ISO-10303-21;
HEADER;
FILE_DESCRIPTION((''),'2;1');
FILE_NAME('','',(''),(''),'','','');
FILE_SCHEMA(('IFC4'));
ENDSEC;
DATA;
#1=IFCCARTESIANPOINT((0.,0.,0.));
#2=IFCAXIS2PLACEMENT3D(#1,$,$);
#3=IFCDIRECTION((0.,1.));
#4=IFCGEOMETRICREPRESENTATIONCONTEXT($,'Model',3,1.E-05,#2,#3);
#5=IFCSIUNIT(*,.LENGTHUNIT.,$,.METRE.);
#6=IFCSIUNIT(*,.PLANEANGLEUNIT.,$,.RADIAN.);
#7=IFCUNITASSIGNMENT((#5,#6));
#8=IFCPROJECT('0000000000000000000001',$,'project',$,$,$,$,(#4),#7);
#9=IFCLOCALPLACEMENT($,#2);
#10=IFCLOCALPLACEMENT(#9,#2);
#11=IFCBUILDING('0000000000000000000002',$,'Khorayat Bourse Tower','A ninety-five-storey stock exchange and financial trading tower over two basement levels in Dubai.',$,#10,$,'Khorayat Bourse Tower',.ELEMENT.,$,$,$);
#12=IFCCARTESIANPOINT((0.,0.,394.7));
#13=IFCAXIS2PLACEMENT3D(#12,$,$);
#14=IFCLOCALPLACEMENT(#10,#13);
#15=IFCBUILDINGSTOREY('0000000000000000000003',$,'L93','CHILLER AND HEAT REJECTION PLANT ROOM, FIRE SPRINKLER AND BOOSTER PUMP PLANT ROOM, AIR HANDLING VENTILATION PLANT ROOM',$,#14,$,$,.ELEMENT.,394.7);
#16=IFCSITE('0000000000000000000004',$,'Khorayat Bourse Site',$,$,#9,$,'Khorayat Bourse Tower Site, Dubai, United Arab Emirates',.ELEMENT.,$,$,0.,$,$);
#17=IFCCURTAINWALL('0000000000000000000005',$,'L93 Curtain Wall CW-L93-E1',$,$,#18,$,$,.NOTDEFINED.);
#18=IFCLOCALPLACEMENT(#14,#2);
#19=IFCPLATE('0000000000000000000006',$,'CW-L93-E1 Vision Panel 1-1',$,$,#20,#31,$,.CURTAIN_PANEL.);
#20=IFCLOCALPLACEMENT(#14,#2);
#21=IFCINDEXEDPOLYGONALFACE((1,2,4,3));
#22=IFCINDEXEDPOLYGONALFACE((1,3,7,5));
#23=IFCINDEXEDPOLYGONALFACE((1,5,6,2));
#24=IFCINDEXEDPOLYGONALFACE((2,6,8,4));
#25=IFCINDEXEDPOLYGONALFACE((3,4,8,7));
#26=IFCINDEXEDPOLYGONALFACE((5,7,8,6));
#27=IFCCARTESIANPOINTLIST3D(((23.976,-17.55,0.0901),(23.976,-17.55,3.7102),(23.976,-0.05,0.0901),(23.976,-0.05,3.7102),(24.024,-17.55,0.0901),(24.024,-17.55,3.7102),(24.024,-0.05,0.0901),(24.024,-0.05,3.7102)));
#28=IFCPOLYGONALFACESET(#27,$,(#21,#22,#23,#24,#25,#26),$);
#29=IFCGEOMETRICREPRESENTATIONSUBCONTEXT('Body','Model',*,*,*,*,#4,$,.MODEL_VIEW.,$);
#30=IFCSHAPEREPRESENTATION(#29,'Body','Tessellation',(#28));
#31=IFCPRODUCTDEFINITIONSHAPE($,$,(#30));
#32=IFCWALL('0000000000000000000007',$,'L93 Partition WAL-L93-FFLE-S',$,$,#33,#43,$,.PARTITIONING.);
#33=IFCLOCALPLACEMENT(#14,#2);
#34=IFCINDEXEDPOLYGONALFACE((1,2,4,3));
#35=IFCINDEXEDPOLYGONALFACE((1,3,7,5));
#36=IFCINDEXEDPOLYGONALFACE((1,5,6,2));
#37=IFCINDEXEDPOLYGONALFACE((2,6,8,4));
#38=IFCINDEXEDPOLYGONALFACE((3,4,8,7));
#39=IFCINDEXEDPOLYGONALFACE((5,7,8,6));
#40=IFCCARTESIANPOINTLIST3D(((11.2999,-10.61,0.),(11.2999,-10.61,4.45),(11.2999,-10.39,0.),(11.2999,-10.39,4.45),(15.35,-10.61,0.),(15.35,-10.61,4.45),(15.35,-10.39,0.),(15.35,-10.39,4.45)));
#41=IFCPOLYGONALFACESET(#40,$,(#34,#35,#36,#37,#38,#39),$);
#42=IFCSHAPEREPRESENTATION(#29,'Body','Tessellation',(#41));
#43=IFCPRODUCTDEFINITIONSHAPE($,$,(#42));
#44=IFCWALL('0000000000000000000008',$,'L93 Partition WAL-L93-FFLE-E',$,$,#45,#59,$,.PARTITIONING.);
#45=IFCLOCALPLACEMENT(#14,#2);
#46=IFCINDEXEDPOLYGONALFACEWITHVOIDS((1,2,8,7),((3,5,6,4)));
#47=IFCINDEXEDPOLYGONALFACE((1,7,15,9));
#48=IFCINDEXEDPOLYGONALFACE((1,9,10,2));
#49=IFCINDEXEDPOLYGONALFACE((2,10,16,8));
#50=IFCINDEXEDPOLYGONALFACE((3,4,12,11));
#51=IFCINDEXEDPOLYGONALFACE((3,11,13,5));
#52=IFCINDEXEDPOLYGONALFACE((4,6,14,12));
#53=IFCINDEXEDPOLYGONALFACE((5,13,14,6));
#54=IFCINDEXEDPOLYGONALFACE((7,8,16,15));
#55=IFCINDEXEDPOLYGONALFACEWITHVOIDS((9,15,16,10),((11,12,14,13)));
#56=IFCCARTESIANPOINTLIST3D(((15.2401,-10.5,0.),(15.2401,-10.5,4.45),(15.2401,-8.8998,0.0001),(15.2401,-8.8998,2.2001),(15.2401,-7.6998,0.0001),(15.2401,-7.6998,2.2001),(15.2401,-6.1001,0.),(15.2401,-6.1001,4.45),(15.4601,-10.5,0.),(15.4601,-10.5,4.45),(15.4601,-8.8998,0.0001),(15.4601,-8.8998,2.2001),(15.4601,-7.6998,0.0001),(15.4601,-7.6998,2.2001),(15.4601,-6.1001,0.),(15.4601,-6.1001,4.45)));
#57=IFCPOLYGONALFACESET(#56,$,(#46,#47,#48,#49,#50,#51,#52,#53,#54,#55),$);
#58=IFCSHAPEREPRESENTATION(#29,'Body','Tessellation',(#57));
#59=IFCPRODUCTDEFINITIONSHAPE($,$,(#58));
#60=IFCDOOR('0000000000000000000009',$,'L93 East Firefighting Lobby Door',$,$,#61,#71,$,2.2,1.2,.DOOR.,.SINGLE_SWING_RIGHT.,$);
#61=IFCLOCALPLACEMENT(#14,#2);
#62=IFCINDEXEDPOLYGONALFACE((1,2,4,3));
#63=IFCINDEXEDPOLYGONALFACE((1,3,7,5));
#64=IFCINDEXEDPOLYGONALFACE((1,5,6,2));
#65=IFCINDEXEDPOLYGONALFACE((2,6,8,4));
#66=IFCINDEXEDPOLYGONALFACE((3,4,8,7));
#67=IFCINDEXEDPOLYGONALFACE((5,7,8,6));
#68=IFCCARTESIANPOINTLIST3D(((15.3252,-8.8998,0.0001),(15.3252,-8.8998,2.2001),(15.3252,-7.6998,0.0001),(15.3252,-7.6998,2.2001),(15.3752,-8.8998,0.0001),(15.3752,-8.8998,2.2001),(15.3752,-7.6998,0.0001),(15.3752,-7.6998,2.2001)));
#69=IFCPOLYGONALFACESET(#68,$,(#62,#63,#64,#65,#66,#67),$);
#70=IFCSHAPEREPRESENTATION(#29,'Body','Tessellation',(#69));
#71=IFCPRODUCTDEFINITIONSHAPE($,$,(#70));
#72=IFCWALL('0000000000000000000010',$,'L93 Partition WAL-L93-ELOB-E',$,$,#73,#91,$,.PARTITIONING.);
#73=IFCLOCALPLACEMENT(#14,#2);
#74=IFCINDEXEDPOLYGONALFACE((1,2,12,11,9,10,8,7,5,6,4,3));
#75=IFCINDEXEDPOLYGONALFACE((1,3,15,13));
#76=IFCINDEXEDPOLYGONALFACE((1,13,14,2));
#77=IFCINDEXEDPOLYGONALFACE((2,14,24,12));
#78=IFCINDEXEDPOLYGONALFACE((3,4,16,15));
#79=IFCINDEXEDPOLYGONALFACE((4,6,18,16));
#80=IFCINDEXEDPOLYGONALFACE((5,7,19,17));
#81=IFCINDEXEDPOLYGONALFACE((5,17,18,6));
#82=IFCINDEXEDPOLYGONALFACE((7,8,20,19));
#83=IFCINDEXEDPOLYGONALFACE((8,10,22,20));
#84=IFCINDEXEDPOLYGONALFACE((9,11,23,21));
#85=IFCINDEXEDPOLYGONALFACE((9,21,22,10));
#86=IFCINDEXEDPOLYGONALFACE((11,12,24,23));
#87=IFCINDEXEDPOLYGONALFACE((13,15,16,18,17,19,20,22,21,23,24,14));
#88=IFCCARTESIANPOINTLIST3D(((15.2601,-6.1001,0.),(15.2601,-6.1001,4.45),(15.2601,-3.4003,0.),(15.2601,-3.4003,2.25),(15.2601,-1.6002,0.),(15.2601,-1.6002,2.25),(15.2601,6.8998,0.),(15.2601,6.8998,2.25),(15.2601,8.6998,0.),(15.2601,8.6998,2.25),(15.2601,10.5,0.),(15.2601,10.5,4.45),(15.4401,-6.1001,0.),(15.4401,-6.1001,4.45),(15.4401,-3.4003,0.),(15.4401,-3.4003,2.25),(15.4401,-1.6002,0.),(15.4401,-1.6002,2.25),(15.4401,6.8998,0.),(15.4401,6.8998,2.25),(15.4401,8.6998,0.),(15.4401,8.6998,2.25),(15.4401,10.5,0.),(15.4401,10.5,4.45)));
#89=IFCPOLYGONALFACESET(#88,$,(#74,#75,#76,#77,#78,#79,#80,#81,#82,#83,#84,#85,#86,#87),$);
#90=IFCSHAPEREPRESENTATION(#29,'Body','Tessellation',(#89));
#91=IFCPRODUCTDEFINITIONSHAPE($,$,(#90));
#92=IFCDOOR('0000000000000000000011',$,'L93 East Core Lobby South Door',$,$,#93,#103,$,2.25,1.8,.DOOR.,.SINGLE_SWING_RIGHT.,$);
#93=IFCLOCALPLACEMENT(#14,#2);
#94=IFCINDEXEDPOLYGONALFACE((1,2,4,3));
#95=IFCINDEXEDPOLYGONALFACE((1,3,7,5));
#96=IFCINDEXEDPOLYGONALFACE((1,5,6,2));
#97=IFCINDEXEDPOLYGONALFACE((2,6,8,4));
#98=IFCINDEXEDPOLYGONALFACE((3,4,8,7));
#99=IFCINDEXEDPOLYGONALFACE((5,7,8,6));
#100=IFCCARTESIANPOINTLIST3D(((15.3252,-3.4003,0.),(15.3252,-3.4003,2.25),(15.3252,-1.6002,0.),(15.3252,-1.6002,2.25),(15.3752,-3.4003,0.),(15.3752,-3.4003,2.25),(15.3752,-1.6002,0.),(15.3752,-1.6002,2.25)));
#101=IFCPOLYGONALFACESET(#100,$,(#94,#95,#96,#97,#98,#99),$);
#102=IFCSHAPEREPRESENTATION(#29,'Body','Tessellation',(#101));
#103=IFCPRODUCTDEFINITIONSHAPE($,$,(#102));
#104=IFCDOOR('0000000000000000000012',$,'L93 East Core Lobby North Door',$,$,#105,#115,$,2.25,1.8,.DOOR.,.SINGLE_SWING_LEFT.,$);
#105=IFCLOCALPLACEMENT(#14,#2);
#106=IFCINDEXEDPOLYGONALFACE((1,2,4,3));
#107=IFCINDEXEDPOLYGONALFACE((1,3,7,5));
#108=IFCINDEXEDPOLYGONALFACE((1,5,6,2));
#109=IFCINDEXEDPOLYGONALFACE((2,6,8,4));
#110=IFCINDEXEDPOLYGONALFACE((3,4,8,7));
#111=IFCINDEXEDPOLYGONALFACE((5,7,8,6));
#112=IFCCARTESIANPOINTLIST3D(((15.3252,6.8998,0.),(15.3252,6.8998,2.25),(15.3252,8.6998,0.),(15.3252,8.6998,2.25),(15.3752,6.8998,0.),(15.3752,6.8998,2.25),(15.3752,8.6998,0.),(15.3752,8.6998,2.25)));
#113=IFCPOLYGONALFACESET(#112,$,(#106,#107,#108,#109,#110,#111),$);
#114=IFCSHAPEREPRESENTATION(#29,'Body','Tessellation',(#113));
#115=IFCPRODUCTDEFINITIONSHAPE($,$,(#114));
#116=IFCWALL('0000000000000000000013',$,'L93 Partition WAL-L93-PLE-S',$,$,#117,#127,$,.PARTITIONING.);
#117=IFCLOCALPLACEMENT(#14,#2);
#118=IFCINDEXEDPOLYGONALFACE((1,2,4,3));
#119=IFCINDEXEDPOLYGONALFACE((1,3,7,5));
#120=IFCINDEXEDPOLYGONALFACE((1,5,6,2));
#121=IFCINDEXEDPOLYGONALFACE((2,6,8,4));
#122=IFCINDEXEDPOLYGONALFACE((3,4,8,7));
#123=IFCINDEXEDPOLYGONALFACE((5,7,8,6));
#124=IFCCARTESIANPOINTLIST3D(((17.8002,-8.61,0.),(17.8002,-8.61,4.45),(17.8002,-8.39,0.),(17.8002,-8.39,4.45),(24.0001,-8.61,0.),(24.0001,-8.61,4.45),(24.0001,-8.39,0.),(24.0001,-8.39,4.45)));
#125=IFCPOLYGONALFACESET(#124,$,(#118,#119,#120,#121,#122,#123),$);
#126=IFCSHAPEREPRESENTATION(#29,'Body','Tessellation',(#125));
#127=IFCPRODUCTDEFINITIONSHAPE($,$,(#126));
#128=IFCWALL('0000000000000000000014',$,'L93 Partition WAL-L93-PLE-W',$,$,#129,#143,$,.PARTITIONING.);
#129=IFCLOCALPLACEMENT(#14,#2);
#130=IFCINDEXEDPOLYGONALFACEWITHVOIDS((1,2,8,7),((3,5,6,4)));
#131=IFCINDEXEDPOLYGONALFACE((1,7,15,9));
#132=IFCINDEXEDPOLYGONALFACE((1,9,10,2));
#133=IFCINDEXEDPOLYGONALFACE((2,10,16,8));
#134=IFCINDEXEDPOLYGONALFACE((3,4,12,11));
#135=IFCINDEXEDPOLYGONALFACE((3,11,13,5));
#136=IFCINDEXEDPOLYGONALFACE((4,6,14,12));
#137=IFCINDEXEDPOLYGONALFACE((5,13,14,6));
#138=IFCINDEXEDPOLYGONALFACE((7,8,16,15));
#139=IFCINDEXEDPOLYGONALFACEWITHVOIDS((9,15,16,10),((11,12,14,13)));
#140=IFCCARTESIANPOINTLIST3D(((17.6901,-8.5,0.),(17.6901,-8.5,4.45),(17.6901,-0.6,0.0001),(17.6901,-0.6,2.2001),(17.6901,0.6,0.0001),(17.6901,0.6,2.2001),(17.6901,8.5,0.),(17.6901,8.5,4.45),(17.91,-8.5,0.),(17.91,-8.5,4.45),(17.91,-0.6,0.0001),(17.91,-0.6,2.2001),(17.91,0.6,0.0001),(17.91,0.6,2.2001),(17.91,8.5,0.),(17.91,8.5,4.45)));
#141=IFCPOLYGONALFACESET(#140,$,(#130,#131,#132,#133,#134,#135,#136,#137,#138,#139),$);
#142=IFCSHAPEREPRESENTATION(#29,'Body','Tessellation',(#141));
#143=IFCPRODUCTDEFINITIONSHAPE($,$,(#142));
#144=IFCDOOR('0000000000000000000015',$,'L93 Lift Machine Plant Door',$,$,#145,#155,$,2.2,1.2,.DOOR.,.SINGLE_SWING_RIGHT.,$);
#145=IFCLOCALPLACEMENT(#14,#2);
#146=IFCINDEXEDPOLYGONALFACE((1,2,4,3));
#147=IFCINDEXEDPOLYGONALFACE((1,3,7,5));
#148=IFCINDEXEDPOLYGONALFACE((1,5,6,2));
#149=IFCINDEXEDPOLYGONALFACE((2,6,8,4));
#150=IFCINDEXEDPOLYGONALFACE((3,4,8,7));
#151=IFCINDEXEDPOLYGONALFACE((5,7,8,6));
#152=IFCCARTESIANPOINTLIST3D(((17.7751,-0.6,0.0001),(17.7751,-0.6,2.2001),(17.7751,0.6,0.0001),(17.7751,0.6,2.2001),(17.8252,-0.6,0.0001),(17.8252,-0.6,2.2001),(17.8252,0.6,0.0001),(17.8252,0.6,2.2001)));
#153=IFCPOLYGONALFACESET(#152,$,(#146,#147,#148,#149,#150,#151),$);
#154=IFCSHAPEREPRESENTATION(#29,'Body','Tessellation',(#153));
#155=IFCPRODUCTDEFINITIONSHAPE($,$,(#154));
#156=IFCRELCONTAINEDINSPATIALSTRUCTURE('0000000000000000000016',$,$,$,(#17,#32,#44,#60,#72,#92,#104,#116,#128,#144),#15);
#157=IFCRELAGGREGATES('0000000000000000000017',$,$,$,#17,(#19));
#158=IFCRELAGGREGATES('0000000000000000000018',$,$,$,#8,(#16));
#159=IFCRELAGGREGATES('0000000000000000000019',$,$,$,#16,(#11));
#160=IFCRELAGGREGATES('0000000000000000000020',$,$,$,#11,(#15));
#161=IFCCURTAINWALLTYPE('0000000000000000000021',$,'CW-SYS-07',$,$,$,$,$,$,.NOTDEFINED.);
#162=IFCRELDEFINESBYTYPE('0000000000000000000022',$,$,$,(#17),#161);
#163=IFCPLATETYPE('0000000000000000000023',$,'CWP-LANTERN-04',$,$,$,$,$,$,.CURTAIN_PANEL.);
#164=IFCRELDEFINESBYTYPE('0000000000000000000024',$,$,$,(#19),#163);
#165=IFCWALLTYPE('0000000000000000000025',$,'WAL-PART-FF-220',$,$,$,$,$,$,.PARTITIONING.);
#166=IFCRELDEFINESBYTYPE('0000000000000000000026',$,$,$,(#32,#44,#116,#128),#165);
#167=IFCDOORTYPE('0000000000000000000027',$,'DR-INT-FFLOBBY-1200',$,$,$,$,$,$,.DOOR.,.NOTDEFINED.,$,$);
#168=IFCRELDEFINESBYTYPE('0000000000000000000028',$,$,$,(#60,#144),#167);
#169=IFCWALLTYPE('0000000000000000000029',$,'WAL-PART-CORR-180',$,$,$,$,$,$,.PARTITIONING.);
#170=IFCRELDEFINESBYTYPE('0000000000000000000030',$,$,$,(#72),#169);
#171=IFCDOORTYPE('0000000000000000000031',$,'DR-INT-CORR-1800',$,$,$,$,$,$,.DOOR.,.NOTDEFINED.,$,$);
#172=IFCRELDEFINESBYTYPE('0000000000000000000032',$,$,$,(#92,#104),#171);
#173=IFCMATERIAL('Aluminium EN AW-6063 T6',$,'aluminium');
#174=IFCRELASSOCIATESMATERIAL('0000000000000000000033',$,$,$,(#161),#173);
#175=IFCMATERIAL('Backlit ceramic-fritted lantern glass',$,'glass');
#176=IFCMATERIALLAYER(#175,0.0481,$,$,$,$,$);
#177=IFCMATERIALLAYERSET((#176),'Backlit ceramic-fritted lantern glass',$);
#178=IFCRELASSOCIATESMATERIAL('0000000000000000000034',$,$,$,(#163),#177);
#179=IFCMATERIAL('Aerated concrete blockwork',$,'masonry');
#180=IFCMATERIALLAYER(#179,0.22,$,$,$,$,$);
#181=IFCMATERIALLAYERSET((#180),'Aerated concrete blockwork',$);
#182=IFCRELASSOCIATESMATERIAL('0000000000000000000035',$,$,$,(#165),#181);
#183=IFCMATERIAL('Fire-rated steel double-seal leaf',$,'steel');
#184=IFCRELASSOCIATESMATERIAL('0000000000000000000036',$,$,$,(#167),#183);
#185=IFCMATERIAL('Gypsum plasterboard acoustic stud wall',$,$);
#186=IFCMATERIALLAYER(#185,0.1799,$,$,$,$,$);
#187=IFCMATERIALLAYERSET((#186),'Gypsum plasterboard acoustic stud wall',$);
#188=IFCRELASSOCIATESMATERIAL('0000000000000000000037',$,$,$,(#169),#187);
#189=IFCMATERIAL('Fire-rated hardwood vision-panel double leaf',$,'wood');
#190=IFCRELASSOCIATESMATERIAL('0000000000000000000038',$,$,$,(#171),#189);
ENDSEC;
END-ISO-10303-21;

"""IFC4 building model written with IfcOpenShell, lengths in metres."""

from ifc_helpers import new_model, si_unit, direction, frame, frame_2d, origin, origin_2d, place, context, subcontext, project, spatial, rectangle, extrude, source, transform, mapped, material, layer, layer_set, type_object, element, fill, aggregate, save


model = new_model("IFC4")

# Units and contexts
model_context = context("Model", 3, precision=1e-05, world=origin(), true_north=direction((0.0, 1.0)))
body_context = subcontext(model_context, "Body", "Model", "MODEL_VIEW")
ifc_project = project(units=[si_unit("LENGTHUNIT", "METRE"), si_unit("PLANEANGLEUNIT", "RADIAN")], contexts=[model_context])

# Site, building, storey
site_placement = place(None, origin())
site = spatial("IfcSite", under=ifc_project, at=site_placement, Name="Khorayat Bourse Site", LongName="Khorayat Bourse Tower Site, Dubai, United Arab Emirates", CompositionType="ELEMENT", RefElevation=0.0)
building_placement = place(site_placement, origin())
building = spatial("IfcBuilding", under=site, at=building_placement, Name="Khorayat Bourse Tower", Description="A ninety-five-storey stock exchange and financial trading tower over two basement levels in Dubai.", LongName="Khorayat Bourse Tower", CompositionType="ELEMENT")
storey_placement = place(building_placement, frame((0.0, 0.0, 394.7)))
storey = spatial("IfcBuildingStorey", under=building, at=storey_placement, Name="L93", Description="CHILLER AND HEAT REJECTION PLANT ROOM, FIRE SPRINKLER AND BOOSTER PUMP PLANT ROOM, AIR HANDLING VENTILATION PLANT ROOM", CompositionType="ELEMENT", Elevation=394.7)

# Curtain wall, plate
ifc_material_1 = material(Name="Aluminium EN AW-6063 T6", Category="aluminium")
curtain_wall_type = type_object("IfcCurtainWallType", Name="CW-SYS-07", PredefinedType="NOTDEFINED", material=ifc_material_1)
curtain_wall_placement = place(storey_placement, origin())
curtain_wall = element("IfcCurtainWall", 1, at=curtain_wall_placement, inside=storey, type_object=curtain_wall_type, Name="L93 Curtain Wall CW-L93-E1", PredefinedType="NOTDEFINED")
ifc_material_2 = material(Name="Backlit ceramic-fritted lantern glass", Category="glass")
ifc_layer_1 = layer(ifc_material_2, 0.0481)
ifc_layer_set_1 = layer_set([ifc_layer_1], Name="Backlit ceramic-fritted lantern glass")
plate_type_1 = type_object("IfcPlateType", Name="CWP-LANTERN-04", PredefinedType="CURTAIN_PANEL", material=ifc_layer_set_1)
shared_shape_1 = source(origin(), body_context, "Body", "SweptSolid", [
    extrude(rectangle(XDim=17.5, YDim=0.0481, at=origin_2d()), origin(), (0.0, 0.0, 1.0), 3.6201),
])
plate_placement = place(storey_placement, frame((24.0, -8.8, 0.0901), z_axis=(0.0, 0.0, 1.0), x_axis=(0.0, 1.0, 0.0)))
plate = element("IfcPlate", 2, at=plate_placement, type_object=plate_type_1, Name="CW-L93-E1 Vision Panel 1-1", PredefinedType="CURTAIN_PANEL", context=body_context, shape_type="MappedRepresentation", body=[
    mapped(shared_shape_1, transform((0.0, 0.0, 0.0), scale=1.0)),
])
aggregate(curtain_wall, [plate])

# Wall
ifc_material_3 = material(Name="Aerated concrete blockwork", Category="masonry")
ifc_layer_2 = layer(ifc_material_3, 0.22)
ifc_layer_set_2 = layer_set([ifc_layer_2], Name="Aerated concrete blockwork")
wall_type_1 = type_object("IfcWallType", Name="WAL-PART-FF-220", PredefinedType="PARTITIONING", material=ifc_layer_set_2)
shared_shape_2 = source(origin(), body_context, "Body", "SweptSolid", [
    extrude(rectangle(XDim=4.05, YDim=0.22, at=frame_2d((2.0249, 0.0))), origin(), (0.0, 0.0, 1.0), 4.45),
])
wall_1_placement = place(storey_placement, frame((11.3, -10.5, 0.0), z_axis=(0.0, 0.0, 1.0), x_axis=(1.0, 0.0, 0.0)))
element("IfcWall", 3, at=wall_1_placement, inside=storey, type_object=wall_type_1, Name="L93 Partition WAL-L93-FFLE-S", PredefinedType="PARTITIONING", context=body_context, shape_type="MappedRepresentation", body=[
    mapped(shared_shape_2, transform((0.0, 0.0, 0.0), scale=1.0)),
])

# Wall, opening, door
shared_shape_3 = source(origin(), body_context, "Body", "SweptSolid", [
    extrude(rectangle(XDim=4.3999, YDim=0.22, at=frame_2d((2.2, 0.0))), origin(), (0.0, 0.0, 1.0), 4.45),
])
wall_2_placement = place(storey_placement, frame((15.3501, -10.5, 0.0), z_axis=(0.0, 0.0, 1.0), x_axis=(0.0, 1.0, 0.0)))
wall_2 = element("IfcWall", 4, at=wall_2_placement, inside=storey, type_object=wall_type_1, Name="L93 Partition WAL-L93-FFLE-E", PredefinedType="PARTITIONING", context=body_context, shape_type="MappedRepresentation", body=[
    mapped(shared_shape_3, transform((0.0, 0.0, 0.0), scale=1.0)),
])
shared_shape_4 = source(origin(), body_context, "Body", "SweptSolid", [
    extrude(rectangle(XDim=1.2, YDim=2.2, at=frame_2d((0.6001, 1.1001))), frame((0.0, 0.1199, 0.0), z_axis=(0.0, -1.0, 0.0), x_axis=(1.0, 0.0, 0.0)), (0.0, 0.0, 1.0), 0.24),
])
opening_1_placement = place(wall_2_placement, frame((1.6001, 0.0, 0.0)))
opening_1 = element("IfcOpeningElement", 5, at=opening_1_placement, cuts=wall_2, PredefinedType="OPENING", context=body_context, shape_type="MappedRepresentation", body=[
    mapped(shared_shape_4, transform((0.0, 0.0, 0.0), scale=1.0)),
])
ifc_material_4 = material(Name="Fire-rated steel double-seal leaf", Category="steel")
door_type_1 = type_object("IfcDoorType", Name="DR-INT-FFLOBBY-1200", OperationType="NOTDEFINED", PredefinedType="DOOR", material=ifc_material_4)
shared_shape_5 = source(origin(), body_context, "Body", "SweptSolid", [
    extrude(rectangle(XDim=1.2, YDim=2.2, at=frame_2d((0.6001, 1.1001))), frame((0.0, 0.0249, 0.0), z_axis=(0.0, -1.0, 0.0), x_axis=(1.0, 0.0, 0.0)), (0.0, 0.0, 1.0), 0.05),
])
door_1_placement = place(opening_1_placement, origin())
door_1 = element("IfcDoor", 6, at=door_1_placement, inside=storey, type_object=door_type_1, Name="L93 East Firefighting Lobby Door", OperationType="SINGLE_SWING_RIGHT", OverallHeight=2.2, OverallWidth=1.2, PredefinedType="DOOR", context=body_context, shape_type="MappedRepresentation", body=[
    mapped(shared_shape_5, transform((0.0, 0.0, 0.0), scale=1.0)),
])
fill(opening_1, door_1)

# Wall, openings, doors
ifc_material_5 = material(Name="Gypsum plasterboard acoustic stud wall")
ifc_layer_3 = layer(ifc_material_5, 0.1799)
ifc_layer_set_3 = layer_set([ifc_layer_3], Name="Gypsum plasterboard acoustic stud wall")
wall_type_2 = type_object("IfcWallType", Name="WAL-PART-CORR-180", PredefinedType="PARTITIONING", material=ifc_layer_set_3)
shared_shape_6 = source(origin(), body_context, "Body", "SweptSolid", [
    extrude(rectangle(XDim=16.6001, YDim=0.1799, at=frame_2d((8.3, 0.0))), origin(), (0.0, 0.0, 1.0), 4.45),
])
wall_3_placement = place(storey_placement, frame((15.3501, -6.1001, 0.0), z_axis=(0.0, 0.0, 1.0), x_axis=(0.0, 1.0, 0.0)))
wall_3 = element("IfcWall", 7, at=wall_3_placement, inside=storey, type_object=wall_type_2, Name="L93 Partition WAL-L93-ELOB-E", PredefinedType="PARTITIONING", context=body_context, shape_type="MappedRepresentation", body=[
    mapped(shared_shape_6, transform((0.0, 0.0, 0.0), scale=1.0)),
])
shared_shape_7 = source(origin(), body_context, "Body", "SweptSolid", [
    extrude(rectangle(XDim=1.8, YDim=2.25, at=frame_2d((0.8999, 1.125))), frame((0.0, 0.0999, 0.0), z_axis=(0.0, -1.0, 0.0), x_axis=(1.0, 0.0, 0.0)), (0.0, 0.0, 1.0), 0.2),
])
opening_2_placement = place(wall_3_placement, frame((2.7, 0.0, 0.0)))
opening_2 = element("IfcOpeningElement", 8, at=opening_2_placement, cuts=wall_3, PredefinedType="OPENING", context=body_context, shape_type="MappedRepresentation", body=[
    mapped(shared_shape_7, transform((0.0, 0.0, 0.0), scale=1.0)),
])
opening_3_placement = place(wall_3_placement, frame((13.0, 0.0, 0.0)))
opening_3 = element("IfcOpeningElement", 9, at=opening_3_placement, cuts=wall_3, PredefinedType="OPENING", context=body_context, shape_type="MappedRepresentation", body=[
    mapped(shared_shape_7, transform((0.0, 0.0, 0.0), scale=1.0)),
])
ifc_material_6 = material(Name="Fire-rated hardwood vision-panel double leaf", Category="wood")
door_type_2 = type_object("IfcDoorType", Name="DR-INT-CORR-1800", OperationType="NOTDEFINED", PredefinedType="DOOR", material=ifc_material_6)
shared_shape_8 = source(origin(), body_context, "Body", "SweptSolid", [
    extrude(rectangle(XDim=1.8, YDim=2.25, at=frame_2d((0.8999, 1.125))), frame((0.0, 0.0249, 0.0), z_axis=(0.0, -1.0, 0.0), x_axis=(1.0, 0.0, 0.0)), (0.0, 0.0, 1.0), 0.05),
])
door_2_placement = place(opening_2_placement, origin())
door_2 = element("IfcDoor", 10, at=door_2_placement, inside=storey, type_object=door_type_2, Name="L93 East Core Lobby South Door", OperationType="SINGLE_SWING_RIGHT", OverallHeight=2.25, OverallWidth=1.8, PredefinedType="DOOR", context=body_context, shape_type="MappedRepresentation", body=[
    mapped(shared_shape_8, transform((0.0, 0.0, 0.0), scale=1.0)),
])
fill(opening_2, door_2)
door_3_placement = place(opening_3_placement, origin())
door_3 = element("IfcDoor", 11, at=door_3_placement, inside=storey, type_object=door_type_2, Name="L93 East Core Lobby North Door", OperationType="SINGLE_SWING_LEFT", OverallHeight=2.25, OverallWidth=1.8, PredefinedType="DOOR", context=body_context, shape_type="MappedRepresentation", body=[
    mapped(shared_shape_8, transform((0.0, 0.0, 0.0), scale=1.0)),
])
fill(opening_3, door_3)

# Wall
shared_shape_9 = source(origin(), body_context, "Body", "SweptSolid", [
    extrude(rectangle(XDim=6.2, YDim=0.22, at=frame_2d((3.1001, 0.0))), origin(), (0.0, 0.0, 1.0), 4.45),
])
wall_4_placement = place(storey_placement, frame((17.8, -8.5, 0.0), z_axis=(0.0, 0.0, 1.0), x_axis=(1.0, 0.0, 0.0)))
element("IfcWall", 12, at=wall_4_placement, inside=storey, type_object=wall_type_1, Name="L93 Partition WAL-L93-PLE-S", PredefinedType="PARTITIONING", context=body_context, shape_type="MappedRepresentation", body=[
    mapped(shared_shape_9, transform((0.0, 0.0, 0.0), scale=1.0)),
])

# Wall, opening, door
shared_shape_10 = source(origin(), body_context, "Body", "SweptSolid", [
    extrude(rectangle(XDim=17.0, YDim=0.22, at=frame_2d((8.5, 0.0))), origin(), (0.0, 0.0, 1.0), 4.45),
])
wall_5_placement = place(storey_placement, frame((17.8, -8.5, 0.0), z_axis=(0.0, 0.0, 1.0), x_axis=(0.0, 1.0, 0.0)))
wall_5 = element("IfcWall", 13, at=wall_5_placement, inside=storey, type_object=wall_type_1, Name="L93 Partition WAL-L93-PLE-W", PredefinedType="PARTITIONING", context=body_context, shape_type="MappedRepresentation", body=[
    mapped(shared_shape_10, transform((0.0, 0.0, 0.0), scale=1.0)),
])
opening_4_placement = place(wall_5_placement, frame((7.8999, 0.0, 0.0)))
opening_4 = element("IfcOpeningElement", 14, at=opening_4_placement, cuts=wall_5, PredefinedType="OPENING", context=body_context, shape_type="MappedRepresentation", body=[
    mapped(shared_shape_4, transform((0.0, 0.0, 0.0), scale=1.0)),
])
door_4_placement = place(opening_4_placement, origin())
door_4 = element("IfcDoor", 15, at=door_4_placement, inside=storey, type_object=door_type_1, Name="L93 Lift Machine Plant Door", OperationType="SINGLE_SWING_RIGHT", OverallHeight=2.2, OverallWidth=1.2, PredefinedType="DOOR", context=body_context, shape_type="MappedRepresentation", body=[
    mapped(shared_shape_5, transform((0.0, 0.0, 0.0), scale=1.0)),
])
fill(opening_4, door_4)

save(model, "model.ifc")
